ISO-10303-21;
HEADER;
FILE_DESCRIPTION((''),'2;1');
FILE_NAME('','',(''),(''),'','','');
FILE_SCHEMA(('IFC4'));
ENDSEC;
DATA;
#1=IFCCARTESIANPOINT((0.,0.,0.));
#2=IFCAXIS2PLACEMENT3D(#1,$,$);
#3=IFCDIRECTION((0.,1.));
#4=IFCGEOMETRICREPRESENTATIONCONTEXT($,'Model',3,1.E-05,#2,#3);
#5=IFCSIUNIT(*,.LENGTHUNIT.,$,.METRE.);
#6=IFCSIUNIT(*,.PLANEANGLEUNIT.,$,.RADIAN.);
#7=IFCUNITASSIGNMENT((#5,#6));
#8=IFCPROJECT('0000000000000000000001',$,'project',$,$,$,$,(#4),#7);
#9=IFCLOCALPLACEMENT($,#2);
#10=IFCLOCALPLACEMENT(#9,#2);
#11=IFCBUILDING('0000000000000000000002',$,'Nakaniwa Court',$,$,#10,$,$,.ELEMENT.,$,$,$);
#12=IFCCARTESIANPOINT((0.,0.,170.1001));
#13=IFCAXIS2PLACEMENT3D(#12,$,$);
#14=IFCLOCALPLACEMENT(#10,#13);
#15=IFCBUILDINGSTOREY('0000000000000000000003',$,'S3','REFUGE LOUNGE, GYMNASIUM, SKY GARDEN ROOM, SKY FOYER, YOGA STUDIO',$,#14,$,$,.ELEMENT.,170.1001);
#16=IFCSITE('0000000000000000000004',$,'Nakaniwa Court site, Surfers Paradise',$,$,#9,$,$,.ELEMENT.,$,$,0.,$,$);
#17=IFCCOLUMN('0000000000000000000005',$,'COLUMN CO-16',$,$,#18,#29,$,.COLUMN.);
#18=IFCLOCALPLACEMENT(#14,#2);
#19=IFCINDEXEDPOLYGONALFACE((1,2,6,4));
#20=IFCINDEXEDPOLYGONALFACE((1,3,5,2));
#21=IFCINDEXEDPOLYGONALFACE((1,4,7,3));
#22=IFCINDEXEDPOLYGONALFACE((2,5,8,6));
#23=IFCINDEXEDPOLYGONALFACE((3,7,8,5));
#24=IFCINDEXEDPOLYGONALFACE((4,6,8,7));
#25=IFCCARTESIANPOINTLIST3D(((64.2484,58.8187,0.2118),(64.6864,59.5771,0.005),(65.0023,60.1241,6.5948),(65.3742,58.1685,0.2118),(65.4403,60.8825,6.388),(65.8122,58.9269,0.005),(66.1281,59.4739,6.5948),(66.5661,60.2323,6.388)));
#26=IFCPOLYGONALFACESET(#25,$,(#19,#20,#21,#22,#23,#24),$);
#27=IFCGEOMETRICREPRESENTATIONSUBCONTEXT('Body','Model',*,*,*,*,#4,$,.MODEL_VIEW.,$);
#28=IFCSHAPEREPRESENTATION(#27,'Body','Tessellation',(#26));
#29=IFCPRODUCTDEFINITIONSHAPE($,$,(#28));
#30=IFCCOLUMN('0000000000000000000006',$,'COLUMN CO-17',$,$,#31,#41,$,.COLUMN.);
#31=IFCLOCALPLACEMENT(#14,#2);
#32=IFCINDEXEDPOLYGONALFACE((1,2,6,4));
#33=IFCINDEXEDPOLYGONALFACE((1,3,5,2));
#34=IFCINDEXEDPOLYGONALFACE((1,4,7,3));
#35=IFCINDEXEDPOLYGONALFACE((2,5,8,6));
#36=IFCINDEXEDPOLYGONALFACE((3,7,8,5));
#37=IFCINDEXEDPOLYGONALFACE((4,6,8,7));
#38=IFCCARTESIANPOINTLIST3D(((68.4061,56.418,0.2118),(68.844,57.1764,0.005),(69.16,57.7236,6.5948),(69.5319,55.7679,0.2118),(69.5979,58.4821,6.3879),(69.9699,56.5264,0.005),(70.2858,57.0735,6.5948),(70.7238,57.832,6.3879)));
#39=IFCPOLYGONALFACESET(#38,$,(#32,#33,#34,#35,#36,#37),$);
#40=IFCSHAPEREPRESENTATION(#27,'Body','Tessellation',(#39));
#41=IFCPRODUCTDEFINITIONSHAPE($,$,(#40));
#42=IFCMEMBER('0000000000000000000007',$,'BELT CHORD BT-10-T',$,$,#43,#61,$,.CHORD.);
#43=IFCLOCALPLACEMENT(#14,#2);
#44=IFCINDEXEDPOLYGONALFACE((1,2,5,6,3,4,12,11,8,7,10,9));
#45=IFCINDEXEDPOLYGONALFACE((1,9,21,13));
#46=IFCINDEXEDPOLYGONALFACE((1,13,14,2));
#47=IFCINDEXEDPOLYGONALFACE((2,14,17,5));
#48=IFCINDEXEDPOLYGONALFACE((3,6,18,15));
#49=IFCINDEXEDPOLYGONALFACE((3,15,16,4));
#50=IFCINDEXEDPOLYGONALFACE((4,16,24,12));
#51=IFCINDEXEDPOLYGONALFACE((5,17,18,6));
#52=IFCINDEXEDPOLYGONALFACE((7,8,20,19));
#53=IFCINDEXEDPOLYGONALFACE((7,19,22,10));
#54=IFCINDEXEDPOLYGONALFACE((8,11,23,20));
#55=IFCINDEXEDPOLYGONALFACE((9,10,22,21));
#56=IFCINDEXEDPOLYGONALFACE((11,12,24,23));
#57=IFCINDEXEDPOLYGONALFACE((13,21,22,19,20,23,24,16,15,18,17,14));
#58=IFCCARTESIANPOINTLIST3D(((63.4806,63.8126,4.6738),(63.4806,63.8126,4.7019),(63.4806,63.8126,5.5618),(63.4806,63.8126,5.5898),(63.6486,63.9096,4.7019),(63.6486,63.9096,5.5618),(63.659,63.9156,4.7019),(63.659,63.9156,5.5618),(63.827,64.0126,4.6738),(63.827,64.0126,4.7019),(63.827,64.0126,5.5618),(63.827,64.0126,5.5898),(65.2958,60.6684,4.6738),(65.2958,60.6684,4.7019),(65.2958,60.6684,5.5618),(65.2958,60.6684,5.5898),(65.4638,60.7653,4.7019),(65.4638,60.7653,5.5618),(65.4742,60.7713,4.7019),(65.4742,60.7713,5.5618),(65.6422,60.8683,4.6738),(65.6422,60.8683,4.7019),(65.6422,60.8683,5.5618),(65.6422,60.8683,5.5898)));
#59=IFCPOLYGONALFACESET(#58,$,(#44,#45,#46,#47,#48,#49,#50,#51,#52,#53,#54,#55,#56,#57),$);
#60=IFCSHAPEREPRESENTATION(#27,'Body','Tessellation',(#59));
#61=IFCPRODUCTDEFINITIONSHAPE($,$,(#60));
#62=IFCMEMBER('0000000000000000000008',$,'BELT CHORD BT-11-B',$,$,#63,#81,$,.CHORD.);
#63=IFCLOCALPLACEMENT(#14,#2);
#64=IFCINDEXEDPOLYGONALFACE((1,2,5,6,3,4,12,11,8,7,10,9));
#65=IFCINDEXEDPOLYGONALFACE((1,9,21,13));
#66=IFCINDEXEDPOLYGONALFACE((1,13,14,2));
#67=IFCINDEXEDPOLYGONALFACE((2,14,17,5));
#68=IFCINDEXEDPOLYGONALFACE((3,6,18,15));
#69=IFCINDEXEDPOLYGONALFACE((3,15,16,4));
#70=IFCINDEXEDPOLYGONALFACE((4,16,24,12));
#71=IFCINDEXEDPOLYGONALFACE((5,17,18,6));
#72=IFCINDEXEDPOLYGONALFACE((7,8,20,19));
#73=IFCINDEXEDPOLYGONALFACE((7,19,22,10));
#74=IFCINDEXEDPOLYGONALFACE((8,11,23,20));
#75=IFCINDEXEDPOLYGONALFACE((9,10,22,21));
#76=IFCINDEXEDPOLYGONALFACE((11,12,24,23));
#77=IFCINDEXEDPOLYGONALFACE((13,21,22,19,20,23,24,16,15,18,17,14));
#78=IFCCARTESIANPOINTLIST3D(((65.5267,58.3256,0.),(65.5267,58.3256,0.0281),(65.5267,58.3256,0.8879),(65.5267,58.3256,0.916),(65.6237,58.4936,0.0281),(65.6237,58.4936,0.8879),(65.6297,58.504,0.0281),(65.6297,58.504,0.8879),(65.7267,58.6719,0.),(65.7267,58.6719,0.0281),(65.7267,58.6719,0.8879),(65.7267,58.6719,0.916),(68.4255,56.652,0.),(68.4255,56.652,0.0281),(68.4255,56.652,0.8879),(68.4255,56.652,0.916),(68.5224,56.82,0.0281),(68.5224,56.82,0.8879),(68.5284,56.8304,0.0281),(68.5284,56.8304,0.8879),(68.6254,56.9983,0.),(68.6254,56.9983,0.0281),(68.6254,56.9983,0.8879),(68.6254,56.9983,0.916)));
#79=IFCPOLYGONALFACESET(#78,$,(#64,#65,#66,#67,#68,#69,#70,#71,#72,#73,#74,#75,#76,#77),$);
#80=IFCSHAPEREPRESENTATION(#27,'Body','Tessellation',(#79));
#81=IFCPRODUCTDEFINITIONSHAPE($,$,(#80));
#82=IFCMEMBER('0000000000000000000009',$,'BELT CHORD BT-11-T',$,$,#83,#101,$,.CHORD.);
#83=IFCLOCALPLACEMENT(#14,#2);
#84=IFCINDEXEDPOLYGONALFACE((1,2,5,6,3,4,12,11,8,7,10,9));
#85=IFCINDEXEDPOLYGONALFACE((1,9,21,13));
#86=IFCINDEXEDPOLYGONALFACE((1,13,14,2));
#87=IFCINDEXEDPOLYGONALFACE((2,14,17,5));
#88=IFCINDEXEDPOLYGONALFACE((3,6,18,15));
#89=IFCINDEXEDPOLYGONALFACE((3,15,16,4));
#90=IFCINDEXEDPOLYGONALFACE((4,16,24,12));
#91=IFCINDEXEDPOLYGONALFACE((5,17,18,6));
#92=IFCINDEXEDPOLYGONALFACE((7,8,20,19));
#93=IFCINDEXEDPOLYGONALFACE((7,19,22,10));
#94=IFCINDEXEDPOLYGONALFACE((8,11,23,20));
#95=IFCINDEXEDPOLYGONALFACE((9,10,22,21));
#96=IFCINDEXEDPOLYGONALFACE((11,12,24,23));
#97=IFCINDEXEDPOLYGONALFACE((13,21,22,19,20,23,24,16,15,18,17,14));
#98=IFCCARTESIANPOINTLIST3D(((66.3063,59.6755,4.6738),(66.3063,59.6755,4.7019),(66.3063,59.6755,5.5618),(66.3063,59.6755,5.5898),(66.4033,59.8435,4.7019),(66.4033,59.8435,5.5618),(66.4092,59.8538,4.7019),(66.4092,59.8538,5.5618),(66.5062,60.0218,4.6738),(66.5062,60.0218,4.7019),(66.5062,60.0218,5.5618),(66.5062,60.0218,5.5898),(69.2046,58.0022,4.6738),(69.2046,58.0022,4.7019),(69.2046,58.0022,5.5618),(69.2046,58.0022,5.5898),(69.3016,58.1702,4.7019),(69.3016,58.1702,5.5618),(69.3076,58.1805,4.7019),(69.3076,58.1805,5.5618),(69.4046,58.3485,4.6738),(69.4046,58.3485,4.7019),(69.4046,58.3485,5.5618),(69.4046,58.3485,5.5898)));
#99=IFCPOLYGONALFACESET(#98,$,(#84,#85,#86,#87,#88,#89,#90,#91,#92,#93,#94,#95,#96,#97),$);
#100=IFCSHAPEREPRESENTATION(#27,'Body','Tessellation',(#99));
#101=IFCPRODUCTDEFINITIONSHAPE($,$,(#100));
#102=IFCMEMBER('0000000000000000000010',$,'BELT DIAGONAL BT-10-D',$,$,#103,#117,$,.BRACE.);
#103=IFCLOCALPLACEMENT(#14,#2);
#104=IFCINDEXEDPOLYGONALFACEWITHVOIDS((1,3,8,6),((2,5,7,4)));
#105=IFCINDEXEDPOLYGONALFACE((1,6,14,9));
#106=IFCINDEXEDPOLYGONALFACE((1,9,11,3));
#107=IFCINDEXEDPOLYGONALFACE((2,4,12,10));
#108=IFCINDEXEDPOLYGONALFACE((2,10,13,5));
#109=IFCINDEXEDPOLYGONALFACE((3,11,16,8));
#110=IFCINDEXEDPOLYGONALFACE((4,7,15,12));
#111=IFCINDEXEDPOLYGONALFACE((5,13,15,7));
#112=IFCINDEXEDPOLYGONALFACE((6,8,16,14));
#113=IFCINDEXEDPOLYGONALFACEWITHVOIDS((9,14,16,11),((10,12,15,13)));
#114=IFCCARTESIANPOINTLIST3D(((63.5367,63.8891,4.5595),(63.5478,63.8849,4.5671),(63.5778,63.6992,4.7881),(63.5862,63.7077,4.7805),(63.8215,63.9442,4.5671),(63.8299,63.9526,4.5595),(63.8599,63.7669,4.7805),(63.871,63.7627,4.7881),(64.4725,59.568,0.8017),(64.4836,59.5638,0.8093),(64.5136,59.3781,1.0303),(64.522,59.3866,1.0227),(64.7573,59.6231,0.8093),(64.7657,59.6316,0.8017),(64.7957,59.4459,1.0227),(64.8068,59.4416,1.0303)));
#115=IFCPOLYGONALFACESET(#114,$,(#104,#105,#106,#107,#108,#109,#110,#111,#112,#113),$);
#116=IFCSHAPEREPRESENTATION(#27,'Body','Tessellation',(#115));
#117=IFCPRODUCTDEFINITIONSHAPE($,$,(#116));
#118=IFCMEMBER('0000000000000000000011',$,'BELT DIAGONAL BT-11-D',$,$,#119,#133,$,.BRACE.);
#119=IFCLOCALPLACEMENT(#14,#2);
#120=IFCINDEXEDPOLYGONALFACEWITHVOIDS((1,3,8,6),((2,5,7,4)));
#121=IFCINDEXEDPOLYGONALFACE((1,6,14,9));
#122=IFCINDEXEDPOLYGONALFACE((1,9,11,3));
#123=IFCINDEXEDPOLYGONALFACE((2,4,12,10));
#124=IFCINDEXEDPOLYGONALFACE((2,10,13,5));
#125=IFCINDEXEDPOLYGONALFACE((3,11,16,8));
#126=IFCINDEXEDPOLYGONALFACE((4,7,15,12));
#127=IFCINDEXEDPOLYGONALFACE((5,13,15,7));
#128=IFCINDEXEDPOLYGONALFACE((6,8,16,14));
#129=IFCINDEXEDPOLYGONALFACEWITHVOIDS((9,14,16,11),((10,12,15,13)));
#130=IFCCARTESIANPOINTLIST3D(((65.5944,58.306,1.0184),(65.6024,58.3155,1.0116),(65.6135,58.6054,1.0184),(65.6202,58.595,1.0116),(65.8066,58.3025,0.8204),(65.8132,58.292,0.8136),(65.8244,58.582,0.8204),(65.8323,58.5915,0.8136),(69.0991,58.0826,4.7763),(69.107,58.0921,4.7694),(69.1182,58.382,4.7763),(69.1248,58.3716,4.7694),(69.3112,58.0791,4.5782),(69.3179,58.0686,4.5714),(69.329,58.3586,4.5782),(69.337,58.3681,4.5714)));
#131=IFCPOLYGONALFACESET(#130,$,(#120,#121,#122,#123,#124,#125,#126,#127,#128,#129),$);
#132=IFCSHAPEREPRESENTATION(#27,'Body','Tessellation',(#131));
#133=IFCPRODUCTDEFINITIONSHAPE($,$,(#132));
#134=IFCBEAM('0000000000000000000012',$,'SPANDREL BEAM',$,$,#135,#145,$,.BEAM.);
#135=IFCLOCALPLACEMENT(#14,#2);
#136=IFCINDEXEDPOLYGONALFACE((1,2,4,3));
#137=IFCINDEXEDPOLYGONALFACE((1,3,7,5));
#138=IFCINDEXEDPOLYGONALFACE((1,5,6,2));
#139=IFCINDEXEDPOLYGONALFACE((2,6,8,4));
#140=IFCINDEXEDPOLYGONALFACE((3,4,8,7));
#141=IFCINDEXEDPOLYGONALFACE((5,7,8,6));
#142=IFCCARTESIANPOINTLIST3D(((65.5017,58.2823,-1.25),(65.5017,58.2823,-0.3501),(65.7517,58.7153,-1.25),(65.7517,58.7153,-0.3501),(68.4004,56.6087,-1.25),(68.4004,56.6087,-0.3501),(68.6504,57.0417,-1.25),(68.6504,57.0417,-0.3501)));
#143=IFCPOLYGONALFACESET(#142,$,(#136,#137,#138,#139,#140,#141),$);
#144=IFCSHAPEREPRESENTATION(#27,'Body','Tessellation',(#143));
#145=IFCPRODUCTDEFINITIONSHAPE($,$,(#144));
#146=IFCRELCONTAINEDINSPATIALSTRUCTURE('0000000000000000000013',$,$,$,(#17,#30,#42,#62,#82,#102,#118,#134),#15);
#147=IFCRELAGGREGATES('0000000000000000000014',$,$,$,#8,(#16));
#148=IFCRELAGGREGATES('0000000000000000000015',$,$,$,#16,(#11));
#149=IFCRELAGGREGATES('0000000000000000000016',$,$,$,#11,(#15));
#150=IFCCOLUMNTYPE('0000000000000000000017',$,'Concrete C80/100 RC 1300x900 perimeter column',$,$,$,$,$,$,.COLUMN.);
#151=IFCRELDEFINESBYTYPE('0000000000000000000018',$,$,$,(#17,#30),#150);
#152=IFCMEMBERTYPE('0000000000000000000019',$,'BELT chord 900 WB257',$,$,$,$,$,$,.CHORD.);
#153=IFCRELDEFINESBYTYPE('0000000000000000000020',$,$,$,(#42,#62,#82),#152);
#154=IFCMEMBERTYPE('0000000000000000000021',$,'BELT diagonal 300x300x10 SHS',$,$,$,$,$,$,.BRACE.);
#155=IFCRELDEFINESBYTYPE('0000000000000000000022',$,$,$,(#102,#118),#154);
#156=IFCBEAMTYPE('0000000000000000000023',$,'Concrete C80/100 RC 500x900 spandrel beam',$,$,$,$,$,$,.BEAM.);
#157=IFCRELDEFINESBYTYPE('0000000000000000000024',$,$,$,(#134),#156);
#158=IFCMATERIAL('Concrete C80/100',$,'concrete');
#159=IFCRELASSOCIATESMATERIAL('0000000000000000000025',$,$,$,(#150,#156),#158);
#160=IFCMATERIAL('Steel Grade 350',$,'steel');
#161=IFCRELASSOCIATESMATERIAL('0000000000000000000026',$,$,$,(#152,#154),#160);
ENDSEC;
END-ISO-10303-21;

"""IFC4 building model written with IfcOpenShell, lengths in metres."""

from ifc_helpers import new_model, si_unit, direction, frame, origin, origin_2d, place, context, subcontext, project, spatial, rectangle, hollow_rectangle, i_section, extrude, material, material_profile, profile_set, type_object, element, save


model = new_model("IFC4")

# Units and contexts
model_context = context("Model", 3, precision=1e-05, world=origin(), true_north=direction((0.0, 1.0)))
body_context = subcontext(model_context, "Body", "Model", "MODEL_VIEW")
ifc_project = project(units=[si_unit("LENGTHUNIT", "METRE"), si_unit("PLANEANGLEUNIT", "RADIAN")], contexts=[model_context])

# Site, building, storey
site_placement = place(None, origin())
site = spatial("IfcSite", under=ifc_project, at=site_placement, Name="Nakaniwa Court site, Surfers Paradise", CompositionType="ELEMENT", RefElevation=0.0)
building_placement = place(site_placement, origin())
building = spatial("IfcBuilding", under=site, at=building_placement, Name="Nakaniwa Court", CompositionType="ELEMENT")
storey_placement = place(building_placement, frame((0.0, 0.0, 170.1001)))
storey = spatial("IfcBuildingStorey", under=building, at=storey_placement, Name="S3", Description="REFUGE LOUNGE, GYMNASIUM, SKY GARDEN ROOM, SKY FOYER, YOGA STUDIO", CompositionType="ELEMENT", Elevation=170.1001)

# Columns
ifc_material_1 = material(Name="Concrete C80/100", Category="concrete")
ifc_material_profile_1 = material_profile(ifc_material_1, rectangle(XDim=1.3, YDim=0.8999, at=origin_2d()), Name="Concrete C80/100 RC 1300x900 perimeter column")
ifc_profile_set_1 = profile_set([ifc_material_profile_1], Name="Concrete C80/100")
column_type = type_object("IfcColumnType", Name="Concrete C80/100 RC 1300x900 perimeter column", PredefinedType="COLUMN", material=ifc_profile_set_1)
for number, where, z_axis, x_axis, name in (
    (1, (65.0303, 58.8728, 0.1084), (0.114948, 0.199038, 0.973227), (-0.865962, 0.50011, 0.0), "COLUMN CO-16"),
    (2, (69.188, 56.4722, 0.1084), (0.114948, 0.199074, 0.97322), (-0.866002, 0.50004, 0.0), "COLUMN CO-17"),
):
    element("IfcColumn", number, at=place(storey_placement, frame(where, z_axis=z_axis, x_axis=x_axis)), inside=storey, type_object=column_type, Name=name, PredefinedType="COLUMN", context=body_context, shape_type="SweptSolid", body=[
        extrude(rectangle(XDim=1.3, YDim=0.8999, at=origin_2d()), origin(), (0.0, 0.0, 1.0), 6.5586),
    ])

# Members
ifc_material_2 = material(Name="Steel Grade 350", Category="steel")
ifc_material_profile_2 = material_profile(ifc_material_2, i_section(OverallWidth=0.3999, OverallDepth=0.916, WebThickness=0.012, FlangeThickness=0.0281, at=origin_2d()), Name="900WB257")
ifc_profile_set_2 = profile_set([ifc_material_profile_2], Name="Steel Grade 350")
member_type_1 = type_object("IfcMemberType", Name="BELT chord 900 WB257", PredefinedType="CHORD", material=ifc_profile_set_2)
member_1_placement = place(storey_placement, frame((63.6538, 63.9126, 5.1318), z_axis=(0.499965, -0.866046, 0.0), x_axis=(0.866046, 0.499965, 0.0)))
element("IfcMember", 3, at=member_1_placement, inside=storey, type_object=member_type_1, Name="BELT CHORD BT-10-T", PredefinedType="CHORD", context=body_context, shape_type="SweptSolid", body=[
    extrude(i_section(OverallWidth=0.3999, OverallDepth=0.916, WebThickness=0.012, FlangeThickness=0.0281, at=origin_2d()), origin(), (0.0, 0.0, 1.0), 3.6306),
])
member_2_placement = place(storey_placement, frame((65.6267, 58.4988, 0.458), z_axis=(0.866022, -0.500007, 0.0), x_axis=(0.500007, 0.866022, 0.0)))
element("IfcMember", 4, at=member_2_placement, inside=storey, type_object=member_type_1, Name="BELT CHORD BT-11-B", PredefinedType="CHORD", context=body_context, shape_type="SweptSolid", body=[
    extrude(i_section(OverallWidth=0.3999, OverallDepth=0.916, WebThickness=0.012, FlangeThickness=0.0281, at=origin_2d()), origin(), (0.0, 0.0, 1.0), 3.3472),
])
member_3_placement = place(storey_placement, frame((66.4062, 59.8486, 5.1318), z_axis=(0.866035, -0.499983, 0.0), x_axis=(0.499983, 0.866035, 0.0)))
element("IfcMember", 5, at=member_3_placement, inside=storey, type_object=member_type_1, Name="BELT CHORD BT-11-T", PredefinedType="CHORD", context=body_context, shape_type="SweptSolid", body=[
    extrude(i_section(OverallWidth=0.3999, OverallDepth=0.916, WebThickness=0.012, FlangeThickness=0.0281, at=origin_2d()), origin(), (0.0, 0.0, 1.0), 3.3467),
])
ifc_material_profile_3 = material_profile(ifc_material_2, hollow_rectangle(XDim=0.3, YDim=0.3, WallThickness=0.01, at=origin_2d()), Name="BELT diagonal 300x300x10 SHS")
ifc_profile_set_3 = profile_set([ifc_material_profile_3], Name="Steel Grade 350")
member_type_2 = type_object("IfcMemberType", Name="BELT diagonal 300x300x10 SHS", PredefinedType="BRACE", material=ifc_profile_set_3)
member_4_placement = place(storey_placement, frame((63.7039, 63.8259, 4.6738), z_axis=(0.161275, -0.744695, -0.647626), x_axis=(0.977344, 0.211659, 0.0)))
element("IfcMember", 6, at=member_4_placement, inside=storey, type_object=member_type_2, Name="BELT DIAGONAL BT-10-D", PredefinedType="BRACE", context=body_context, shape_type="SweptSolid", body=[
    extrude(hollow_rectangle(XDim=0.3, YDim=0.3, WallThickness=0.01, at=origin_2d()), origin(), (0.0, 0.0, 1.0), 5.8025),
])
member_5_placement = place(storey_placement, frame((65.7134, 58.4487, 0.916), z_axis=(0.681399, -0.043433, 0.730623), x_axis=(0.063612, 0.997975, 0.0)))
element("IfcMember", 7, at=member_5_placement, inside=storey, type_object=member_type_2, Name="BELT DIAGONAL BT-11-D", PredefinedType="BRACE", context=body_context, shape_type="SweptSolid", body=[
    extrude(hollow_rectangle(XDim=0.3, YDim=0.3, WallThickness=0.01, at=origin_2d()), origin(), (0.0, 0.0, 1.0), 5.1433),
])

# Beam
ifc_material_profile_4 = material_profile(ifc_material_1, rectangle(XDim=0.5, YDim=0.8999, at=origin_2d()), Name="Concrete C80/100 RC 500x900 spandrel beam")
ifc_profile_set_4 = profile_set([ifc_material_profile_4], Name="Concrete C80/100")
beam_type = type_object("IfcBeamType", Name="Concrete C80/100 RC 500x900 spandrel beam", PredefinedType="BEAM", material=ifc_profile_set_4)
beam_placement = place(storey_placement, frame((65.6267, 58.4988, -0.8), z_axis=(0.866022, -0.500007, 0.0), x_axis=(0.500007, 0.866022, 0.0)))
element("IfcBeam", 8, at=beam_placement, inside=storey, type_object=beam_type, Name="SPANDREL BEAM", PredefinedType="BEAM", context=body_context, shape_type="SweptSolid", body=[
    extrude(rectangle(XDim=0.5, YDim=0.8999, at=origin_2d()), origin(), (0.0, 0.0, 1.0), 3.3472),
])

save(model, "model.ifc")
